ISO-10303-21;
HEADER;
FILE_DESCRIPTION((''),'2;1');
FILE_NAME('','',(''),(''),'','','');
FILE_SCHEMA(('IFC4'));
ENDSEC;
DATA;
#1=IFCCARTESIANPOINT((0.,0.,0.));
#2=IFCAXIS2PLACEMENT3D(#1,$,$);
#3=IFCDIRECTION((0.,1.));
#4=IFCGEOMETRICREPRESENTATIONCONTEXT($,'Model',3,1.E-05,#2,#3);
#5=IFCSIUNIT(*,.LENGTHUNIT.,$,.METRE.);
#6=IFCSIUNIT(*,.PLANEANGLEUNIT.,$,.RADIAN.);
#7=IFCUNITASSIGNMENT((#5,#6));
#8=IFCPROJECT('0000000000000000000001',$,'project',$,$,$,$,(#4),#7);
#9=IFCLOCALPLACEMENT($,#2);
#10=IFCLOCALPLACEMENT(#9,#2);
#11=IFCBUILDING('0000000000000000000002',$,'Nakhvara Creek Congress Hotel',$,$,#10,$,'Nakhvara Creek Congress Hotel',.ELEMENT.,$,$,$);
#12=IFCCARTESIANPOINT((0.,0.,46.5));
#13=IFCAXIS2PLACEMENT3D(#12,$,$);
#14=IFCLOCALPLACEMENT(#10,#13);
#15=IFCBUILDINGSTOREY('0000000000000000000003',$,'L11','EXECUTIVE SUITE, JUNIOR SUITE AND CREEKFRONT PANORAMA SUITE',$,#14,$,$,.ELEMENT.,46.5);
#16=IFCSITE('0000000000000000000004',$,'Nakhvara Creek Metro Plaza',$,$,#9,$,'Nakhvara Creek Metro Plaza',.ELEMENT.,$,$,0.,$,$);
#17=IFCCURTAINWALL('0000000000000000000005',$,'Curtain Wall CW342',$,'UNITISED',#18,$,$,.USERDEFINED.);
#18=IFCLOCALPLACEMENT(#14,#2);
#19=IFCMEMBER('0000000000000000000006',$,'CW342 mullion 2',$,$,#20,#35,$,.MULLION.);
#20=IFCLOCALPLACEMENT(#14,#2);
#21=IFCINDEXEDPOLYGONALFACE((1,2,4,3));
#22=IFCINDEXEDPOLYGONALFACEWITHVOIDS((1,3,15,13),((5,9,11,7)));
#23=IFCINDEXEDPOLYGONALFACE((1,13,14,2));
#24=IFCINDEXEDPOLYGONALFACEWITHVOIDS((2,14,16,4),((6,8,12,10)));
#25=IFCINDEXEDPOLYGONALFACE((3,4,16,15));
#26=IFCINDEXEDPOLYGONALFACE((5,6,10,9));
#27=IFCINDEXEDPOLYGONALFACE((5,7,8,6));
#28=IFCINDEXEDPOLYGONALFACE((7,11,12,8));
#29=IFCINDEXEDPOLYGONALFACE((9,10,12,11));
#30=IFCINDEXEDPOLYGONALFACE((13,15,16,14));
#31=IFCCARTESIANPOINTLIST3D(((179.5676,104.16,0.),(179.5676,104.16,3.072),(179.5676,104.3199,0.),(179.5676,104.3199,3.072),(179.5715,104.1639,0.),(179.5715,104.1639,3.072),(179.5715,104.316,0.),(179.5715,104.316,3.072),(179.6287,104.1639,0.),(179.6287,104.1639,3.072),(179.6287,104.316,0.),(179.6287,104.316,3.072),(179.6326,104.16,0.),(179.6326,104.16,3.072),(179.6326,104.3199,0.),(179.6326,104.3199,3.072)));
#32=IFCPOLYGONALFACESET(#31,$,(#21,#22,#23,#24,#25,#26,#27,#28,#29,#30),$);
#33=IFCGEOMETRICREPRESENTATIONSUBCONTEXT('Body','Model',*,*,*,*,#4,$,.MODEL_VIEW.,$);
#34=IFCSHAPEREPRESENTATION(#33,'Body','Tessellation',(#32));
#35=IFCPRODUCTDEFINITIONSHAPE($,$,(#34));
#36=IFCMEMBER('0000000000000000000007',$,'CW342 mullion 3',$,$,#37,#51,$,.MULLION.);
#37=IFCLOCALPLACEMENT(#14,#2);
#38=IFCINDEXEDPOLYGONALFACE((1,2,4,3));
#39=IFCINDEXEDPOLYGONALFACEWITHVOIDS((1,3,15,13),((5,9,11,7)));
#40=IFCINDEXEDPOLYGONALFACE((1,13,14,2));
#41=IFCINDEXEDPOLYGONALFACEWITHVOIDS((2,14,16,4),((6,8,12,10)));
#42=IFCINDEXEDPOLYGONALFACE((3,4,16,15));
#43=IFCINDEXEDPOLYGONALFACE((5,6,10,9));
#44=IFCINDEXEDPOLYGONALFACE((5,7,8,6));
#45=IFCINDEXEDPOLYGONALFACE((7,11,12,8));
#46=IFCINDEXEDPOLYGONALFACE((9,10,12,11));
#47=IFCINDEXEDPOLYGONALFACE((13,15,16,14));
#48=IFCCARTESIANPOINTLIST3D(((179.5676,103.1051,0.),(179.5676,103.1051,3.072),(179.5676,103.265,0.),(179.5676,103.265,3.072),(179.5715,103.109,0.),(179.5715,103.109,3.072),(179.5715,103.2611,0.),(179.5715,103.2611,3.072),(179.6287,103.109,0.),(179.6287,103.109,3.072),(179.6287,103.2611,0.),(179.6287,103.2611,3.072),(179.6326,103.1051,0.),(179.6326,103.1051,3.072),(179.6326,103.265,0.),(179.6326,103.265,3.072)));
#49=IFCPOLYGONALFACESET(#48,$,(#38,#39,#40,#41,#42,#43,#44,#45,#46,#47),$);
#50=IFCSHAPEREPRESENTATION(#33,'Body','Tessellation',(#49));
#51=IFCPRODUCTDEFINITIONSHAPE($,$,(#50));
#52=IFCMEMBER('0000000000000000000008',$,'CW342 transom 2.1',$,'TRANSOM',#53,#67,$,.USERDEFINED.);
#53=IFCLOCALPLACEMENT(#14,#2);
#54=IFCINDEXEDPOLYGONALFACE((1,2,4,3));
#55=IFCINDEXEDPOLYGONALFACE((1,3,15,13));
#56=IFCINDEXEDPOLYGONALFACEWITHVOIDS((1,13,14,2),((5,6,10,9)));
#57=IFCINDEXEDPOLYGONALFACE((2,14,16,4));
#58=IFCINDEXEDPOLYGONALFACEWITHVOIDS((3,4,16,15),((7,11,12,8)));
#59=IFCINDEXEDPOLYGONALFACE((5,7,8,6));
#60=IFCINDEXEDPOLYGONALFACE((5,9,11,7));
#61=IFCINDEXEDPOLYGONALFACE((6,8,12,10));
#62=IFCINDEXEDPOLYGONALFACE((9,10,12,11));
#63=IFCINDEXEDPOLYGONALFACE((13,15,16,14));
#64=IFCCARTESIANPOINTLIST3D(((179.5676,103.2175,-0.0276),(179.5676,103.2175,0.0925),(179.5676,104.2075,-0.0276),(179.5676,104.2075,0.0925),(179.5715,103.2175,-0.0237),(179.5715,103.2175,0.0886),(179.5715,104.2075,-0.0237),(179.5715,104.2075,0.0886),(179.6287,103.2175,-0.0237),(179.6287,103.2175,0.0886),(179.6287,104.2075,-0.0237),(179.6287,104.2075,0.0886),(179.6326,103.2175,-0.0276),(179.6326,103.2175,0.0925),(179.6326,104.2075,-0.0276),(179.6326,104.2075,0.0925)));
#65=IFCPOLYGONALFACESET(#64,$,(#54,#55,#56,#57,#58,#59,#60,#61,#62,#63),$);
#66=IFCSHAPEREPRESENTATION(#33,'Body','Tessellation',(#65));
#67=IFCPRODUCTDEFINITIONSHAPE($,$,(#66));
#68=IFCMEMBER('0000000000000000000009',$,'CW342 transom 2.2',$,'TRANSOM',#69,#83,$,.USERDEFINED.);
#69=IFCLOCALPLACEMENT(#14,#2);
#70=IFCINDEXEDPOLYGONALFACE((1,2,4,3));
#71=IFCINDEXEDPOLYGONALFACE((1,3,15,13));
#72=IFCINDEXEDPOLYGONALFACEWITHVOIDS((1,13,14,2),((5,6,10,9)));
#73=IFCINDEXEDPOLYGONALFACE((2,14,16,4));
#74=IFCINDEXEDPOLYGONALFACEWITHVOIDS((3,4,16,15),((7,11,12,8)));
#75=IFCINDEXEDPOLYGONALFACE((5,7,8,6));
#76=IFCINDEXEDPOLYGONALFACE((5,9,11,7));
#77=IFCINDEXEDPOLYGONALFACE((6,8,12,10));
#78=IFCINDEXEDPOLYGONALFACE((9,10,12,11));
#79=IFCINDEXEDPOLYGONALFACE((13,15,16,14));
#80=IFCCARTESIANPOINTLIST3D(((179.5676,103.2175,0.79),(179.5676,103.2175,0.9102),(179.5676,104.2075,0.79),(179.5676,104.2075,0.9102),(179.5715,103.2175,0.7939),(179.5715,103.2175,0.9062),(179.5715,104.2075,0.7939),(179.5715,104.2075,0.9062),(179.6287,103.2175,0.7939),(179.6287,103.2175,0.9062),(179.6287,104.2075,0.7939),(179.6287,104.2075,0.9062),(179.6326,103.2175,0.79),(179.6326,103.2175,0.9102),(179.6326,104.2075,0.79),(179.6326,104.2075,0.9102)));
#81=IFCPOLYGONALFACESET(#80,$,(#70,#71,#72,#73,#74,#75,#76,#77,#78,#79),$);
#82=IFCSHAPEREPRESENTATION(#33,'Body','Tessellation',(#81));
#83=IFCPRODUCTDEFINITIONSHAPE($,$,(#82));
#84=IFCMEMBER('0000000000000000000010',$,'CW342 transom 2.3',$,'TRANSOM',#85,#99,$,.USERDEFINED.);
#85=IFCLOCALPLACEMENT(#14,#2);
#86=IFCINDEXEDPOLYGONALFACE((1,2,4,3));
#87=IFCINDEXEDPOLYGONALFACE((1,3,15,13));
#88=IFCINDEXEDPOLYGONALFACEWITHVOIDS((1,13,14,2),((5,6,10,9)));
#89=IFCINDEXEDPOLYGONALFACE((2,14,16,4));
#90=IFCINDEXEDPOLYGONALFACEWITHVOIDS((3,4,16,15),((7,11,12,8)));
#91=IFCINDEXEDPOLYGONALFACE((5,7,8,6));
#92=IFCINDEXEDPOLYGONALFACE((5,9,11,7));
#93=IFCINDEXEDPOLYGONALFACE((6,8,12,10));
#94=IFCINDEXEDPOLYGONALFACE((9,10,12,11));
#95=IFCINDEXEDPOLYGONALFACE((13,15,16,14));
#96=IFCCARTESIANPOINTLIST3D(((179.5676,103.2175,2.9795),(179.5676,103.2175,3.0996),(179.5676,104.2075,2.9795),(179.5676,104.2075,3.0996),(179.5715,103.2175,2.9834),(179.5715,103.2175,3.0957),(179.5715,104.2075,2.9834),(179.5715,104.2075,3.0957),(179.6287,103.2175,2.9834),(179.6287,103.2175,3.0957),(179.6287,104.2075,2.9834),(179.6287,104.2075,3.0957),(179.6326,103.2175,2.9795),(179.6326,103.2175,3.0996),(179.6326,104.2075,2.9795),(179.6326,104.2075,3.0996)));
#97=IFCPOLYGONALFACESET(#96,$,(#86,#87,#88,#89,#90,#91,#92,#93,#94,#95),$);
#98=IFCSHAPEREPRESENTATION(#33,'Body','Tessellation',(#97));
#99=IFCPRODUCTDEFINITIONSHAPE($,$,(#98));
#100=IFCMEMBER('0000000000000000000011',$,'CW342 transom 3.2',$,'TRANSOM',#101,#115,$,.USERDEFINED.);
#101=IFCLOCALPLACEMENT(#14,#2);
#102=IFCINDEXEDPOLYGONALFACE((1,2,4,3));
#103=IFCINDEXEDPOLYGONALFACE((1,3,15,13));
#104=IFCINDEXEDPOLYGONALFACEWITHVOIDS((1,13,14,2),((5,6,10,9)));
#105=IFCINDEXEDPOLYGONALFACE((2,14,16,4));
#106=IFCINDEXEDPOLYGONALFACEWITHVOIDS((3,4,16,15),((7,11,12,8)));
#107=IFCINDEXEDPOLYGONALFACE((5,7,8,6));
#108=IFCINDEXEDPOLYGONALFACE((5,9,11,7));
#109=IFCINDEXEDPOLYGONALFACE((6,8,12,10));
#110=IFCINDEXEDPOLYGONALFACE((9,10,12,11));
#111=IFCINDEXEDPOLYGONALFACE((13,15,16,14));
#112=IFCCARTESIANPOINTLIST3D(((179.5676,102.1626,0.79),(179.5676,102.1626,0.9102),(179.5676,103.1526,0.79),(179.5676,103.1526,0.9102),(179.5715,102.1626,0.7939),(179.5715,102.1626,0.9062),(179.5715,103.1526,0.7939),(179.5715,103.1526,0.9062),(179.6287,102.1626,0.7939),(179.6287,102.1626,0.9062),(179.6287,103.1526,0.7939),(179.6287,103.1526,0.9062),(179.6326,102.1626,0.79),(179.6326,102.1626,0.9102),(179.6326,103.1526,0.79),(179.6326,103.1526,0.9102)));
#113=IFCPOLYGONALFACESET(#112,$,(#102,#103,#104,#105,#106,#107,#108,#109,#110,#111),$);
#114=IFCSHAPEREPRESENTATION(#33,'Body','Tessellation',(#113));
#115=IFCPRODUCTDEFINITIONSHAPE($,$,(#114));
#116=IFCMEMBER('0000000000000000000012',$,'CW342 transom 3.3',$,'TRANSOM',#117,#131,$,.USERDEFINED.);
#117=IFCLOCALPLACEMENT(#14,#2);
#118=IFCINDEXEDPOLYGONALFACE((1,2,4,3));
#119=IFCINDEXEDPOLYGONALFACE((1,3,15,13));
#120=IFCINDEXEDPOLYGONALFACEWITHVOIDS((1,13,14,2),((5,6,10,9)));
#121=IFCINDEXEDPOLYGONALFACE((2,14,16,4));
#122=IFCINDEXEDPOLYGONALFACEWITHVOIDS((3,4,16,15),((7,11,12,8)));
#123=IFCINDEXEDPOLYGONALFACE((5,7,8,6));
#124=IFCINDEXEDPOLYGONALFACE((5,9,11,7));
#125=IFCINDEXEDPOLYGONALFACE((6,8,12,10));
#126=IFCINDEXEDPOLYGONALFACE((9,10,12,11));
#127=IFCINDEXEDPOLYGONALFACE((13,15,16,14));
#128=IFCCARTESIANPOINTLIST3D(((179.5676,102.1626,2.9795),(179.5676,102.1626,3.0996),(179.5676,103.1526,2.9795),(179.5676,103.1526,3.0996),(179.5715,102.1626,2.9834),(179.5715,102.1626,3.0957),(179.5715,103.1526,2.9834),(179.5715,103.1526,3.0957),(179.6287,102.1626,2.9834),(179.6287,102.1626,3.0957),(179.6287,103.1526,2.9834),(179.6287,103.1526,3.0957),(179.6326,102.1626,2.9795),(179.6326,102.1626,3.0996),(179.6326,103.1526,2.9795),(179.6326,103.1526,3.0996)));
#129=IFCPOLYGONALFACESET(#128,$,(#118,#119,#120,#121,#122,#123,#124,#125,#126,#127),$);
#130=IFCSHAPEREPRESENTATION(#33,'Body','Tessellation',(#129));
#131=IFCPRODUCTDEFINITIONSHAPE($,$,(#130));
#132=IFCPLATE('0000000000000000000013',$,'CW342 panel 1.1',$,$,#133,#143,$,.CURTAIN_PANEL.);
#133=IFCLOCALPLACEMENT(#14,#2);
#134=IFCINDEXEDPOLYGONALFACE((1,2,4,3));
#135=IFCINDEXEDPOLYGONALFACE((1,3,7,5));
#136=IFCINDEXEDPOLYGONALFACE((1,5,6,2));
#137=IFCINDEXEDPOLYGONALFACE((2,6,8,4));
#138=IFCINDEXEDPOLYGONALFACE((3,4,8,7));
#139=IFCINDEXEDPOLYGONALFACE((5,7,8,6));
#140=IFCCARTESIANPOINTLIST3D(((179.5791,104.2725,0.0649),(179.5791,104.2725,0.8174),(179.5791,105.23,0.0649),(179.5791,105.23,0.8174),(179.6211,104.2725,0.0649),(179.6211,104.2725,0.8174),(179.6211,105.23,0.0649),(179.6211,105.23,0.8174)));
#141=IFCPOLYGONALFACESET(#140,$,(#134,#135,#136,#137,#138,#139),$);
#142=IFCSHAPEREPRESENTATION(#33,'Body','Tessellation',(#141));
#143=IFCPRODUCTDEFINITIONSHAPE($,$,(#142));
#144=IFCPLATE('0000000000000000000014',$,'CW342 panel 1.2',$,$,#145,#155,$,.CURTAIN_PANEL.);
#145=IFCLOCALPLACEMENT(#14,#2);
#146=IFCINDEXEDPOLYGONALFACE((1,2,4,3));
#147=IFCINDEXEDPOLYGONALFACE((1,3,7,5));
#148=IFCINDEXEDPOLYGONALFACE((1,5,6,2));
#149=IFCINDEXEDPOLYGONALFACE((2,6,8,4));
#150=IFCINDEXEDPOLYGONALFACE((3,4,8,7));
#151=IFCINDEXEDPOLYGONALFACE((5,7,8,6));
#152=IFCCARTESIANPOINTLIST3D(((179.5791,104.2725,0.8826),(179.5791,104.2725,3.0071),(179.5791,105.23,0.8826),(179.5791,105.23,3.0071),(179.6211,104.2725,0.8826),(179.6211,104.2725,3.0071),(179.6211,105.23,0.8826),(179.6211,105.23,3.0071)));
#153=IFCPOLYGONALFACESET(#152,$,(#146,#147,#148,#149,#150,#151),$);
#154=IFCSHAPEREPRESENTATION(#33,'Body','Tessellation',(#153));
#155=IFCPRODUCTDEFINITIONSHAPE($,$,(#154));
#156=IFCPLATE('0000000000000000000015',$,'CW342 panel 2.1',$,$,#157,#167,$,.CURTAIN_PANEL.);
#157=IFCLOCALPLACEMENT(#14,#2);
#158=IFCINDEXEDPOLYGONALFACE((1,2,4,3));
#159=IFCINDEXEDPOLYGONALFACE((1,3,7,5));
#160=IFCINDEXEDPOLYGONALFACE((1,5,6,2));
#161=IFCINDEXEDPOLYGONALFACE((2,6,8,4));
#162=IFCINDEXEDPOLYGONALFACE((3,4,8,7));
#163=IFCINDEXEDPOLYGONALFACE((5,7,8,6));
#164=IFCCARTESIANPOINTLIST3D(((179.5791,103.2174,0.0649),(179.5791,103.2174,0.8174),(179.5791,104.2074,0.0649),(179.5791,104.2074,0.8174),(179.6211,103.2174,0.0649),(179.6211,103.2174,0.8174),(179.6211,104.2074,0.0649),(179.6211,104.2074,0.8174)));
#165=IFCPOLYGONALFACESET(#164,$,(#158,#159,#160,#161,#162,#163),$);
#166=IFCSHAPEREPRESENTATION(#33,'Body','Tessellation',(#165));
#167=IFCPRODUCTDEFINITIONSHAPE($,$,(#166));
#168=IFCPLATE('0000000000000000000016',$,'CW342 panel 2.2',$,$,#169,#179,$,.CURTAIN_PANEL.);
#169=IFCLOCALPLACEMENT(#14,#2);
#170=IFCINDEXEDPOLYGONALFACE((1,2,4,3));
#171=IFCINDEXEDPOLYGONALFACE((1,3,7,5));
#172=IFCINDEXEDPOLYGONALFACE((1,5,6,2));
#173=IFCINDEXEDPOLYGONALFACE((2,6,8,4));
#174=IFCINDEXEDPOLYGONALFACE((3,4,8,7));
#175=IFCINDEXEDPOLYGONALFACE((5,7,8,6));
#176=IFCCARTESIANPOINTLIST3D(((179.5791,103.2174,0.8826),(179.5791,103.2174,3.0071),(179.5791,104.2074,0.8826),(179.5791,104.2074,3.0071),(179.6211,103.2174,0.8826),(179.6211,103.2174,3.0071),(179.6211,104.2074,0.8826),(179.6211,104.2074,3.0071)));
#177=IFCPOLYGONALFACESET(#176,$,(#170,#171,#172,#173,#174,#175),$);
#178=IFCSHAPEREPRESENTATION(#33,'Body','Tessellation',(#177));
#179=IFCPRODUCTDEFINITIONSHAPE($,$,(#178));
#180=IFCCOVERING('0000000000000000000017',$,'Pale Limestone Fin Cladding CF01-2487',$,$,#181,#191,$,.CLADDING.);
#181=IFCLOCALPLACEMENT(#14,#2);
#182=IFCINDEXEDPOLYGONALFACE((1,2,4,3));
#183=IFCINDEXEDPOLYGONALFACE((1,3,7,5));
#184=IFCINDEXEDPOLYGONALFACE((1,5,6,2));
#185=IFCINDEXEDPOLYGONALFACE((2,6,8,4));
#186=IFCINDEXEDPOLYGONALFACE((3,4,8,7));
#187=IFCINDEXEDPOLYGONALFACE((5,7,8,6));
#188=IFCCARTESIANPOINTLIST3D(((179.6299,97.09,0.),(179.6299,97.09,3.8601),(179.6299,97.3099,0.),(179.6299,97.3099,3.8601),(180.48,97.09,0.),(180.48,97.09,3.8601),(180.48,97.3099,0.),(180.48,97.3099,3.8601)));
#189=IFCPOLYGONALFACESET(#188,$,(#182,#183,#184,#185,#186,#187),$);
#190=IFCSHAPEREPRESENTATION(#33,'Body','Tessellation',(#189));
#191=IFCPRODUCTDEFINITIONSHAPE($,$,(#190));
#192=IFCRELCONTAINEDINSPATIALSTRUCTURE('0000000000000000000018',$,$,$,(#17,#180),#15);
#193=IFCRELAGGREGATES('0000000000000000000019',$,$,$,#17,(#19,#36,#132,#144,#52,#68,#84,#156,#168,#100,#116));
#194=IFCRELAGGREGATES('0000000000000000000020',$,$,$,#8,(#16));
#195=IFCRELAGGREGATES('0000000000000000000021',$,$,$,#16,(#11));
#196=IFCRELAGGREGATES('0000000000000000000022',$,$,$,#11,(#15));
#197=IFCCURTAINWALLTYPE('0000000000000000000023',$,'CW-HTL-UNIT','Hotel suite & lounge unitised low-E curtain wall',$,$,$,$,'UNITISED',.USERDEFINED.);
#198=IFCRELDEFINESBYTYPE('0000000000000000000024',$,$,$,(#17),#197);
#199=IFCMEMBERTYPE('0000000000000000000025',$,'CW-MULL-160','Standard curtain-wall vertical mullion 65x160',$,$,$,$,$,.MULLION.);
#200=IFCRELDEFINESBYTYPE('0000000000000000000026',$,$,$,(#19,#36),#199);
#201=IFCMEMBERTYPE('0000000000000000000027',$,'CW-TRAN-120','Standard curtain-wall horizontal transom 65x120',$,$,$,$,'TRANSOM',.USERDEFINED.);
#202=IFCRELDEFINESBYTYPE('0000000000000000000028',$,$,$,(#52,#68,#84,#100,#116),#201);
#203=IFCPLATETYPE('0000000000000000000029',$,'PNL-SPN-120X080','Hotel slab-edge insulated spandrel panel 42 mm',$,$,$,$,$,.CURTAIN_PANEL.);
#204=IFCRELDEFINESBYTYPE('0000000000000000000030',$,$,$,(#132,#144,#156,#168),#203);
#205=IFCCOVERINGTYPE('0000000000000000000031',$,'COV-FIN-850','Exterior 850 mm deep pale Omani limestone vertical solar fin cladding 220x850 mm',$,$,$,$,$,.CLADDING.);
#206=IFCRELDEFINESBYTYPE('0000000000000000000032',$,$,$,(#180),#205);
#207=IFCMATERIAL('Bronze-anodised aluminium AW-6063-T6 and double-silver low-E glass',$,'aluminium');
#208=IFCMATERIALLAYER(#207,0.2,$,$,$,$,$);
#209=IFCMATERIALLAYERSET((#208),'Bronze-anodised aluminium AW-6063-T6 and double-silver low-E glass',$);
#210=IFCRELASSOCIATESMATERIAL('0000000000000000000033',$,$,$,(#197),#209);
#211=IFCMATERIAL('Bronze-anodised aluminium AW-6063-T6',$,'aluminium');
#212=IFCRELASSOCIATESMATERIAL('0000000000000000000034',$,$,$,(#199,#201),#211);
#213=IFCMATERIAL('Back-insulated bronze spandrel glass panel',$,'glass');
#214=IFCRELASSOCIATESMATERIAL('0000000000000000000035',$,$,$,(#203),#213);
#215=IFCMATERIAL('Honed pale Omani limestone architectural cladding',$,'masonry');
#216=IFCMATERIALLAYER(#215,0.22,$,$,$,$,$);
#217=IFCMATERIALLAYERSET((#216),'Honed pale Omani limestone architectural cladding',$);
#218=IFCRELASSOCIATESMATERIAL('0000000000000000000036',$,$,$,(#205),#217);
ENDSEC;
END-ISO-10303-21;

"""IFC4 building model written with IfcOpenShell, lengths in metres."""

from ifc_helpers import new_model, si_unit, direction, frame, origin, origin_2d, place, context, subcontext, project, spatial, rectangle, hollow_rectangle, extrude, material, layer, layer_set, material_profile, profile_set, type_object, element, aggregate, save


model = new_model("IFC4")

# Units and contexts
model_context = context("Model", 3, precision=1e-05, world=origin(), true_north=direction((0.0, 1.0)))
body_context = subcontext(model_context, "Body", "Model", "MODEL_VIEW")
ifc_project = project(units=[si_unit("LENGTHUNIT", "METRE"), si_unit("PLANEANGLEUNIT", "RADIAN")], contexts=[model_context])

# Site, building, storey
site_placement = place(None, origin())
site = spatial("IfcSite", under=ifc_project, at=site_placement, Name="Nakhvara Creek Metro Plaza", LongName="Nakhvara Creek Metro Plaza", CompositionType="ELEMENT", RefElevation=0.0)
building_placement = place(site_placement, origin())
building = spatial("IfcBuilding", under=site, at=building_placement, Name="Nakhvara Creek Congress Hotel", LongName="Nakhvara Creek Congress Hotel", CompositionType="ELEMENT")
storey_placement = place(building_placement, frame((0.0, 0.0, 46.5)))
storey = spatial("IfcBuildingStorey", under=building, at=storey_placement, Name="L11", Description="EXECUTIVE SUITE, JUNIOR SUITE AND CREEKFRONT PANORAMA SUITE", CompositionType="ELEMENT", Elevation=46.5)

# Curtain wall, members, plates
ifc_material_1 = material(Name="Bronze-anodised aluminium AW-6063-T6 and double-silver low-E glass", Category="aluminium")
ifc_layer_1 = layer(ifc_material_1, 0.2)
ifc_layer_set_1 = layer_set([ifc_layer_1], Name="Bronze-anodised aluminium AW-6063-T6 and double-silver low-E glass")
curtain_wall_type = type_object("IfcCurtainWallType", Name="CW-HTL-UNIT", Description="Hotel suite & lounge unitised low-E curtain wall", ElementType="UNITISED", PredefinedType="USERDEFINED", material=ifc_layer_set_1)
curtain_wall_placement = place(storey_placement, origin())
curtain_wall = element("IfcCurtainWall", 1, at=curtain_wall_placement, inside=storey, type_object=curtain_wall_type, Name="Curtain Wall CW342", ObjectType="UNITISED", PredefinedType="USERDEFINED")
ifc_material_2 = material(Name="Bronze-anodised aluminium AW-6063-T6", Category="aluminium")
ifc_material_profile_1 = material_profile(ifc_material_2, hollow_rectangle(XDim=0.0649, YDim=0.1599, WallThickness=0.0039, at=origin_2d()), Name="ALU-MULL 65x160x4", Category="LoadBearing")
ifc_profile_set_1 = profile_set([ifc_material_profile_1], Name="Bronze-anodised aluminium AW-6063-T6")
member_type_1 = type_object("IfcMemberType", Name="CW-MULL-160", Description="Standard curtain-wall vertical mullion 65x160", PredefinedType="MULLION", material=ifc_profile_set_1)
member_1_placement = place(storey_placement, frame((179.6001, 104.24, 0.0), z_axis=(0.0, 0.0, 1.0), x_axis=(1.0, 0.0, 0.0)))
member_1 = element("IfcMember", 2, at=member_1_placement, type_object=member_type_1, Name="CW342 mullion 2", PredefinedType="MULLION", context=body_context, shape_type="SweptSolid", body=[
    extrude(hollow_rectangle(XDim=0.0649, YDim=0.1599, WallThickness=0.0039, at=origin_2d()), origin(), (0.0, 0.0, 1.0), 3.072),
])
member_2_placement = place(storey_placement, frame((179.6001, 103.1851, 0.0), z_axis=(0.0, 0.0, 1.0), x_axis=(1.0, 0.0, 0.0)))
member_2 = element("IfcMember", 3, at=member_2_placement, type_object=member_type_1, Name="CW342 mullion 3", PredefinedType="MULLION", context=body_context, shape_type="SweptSolid", body=[
    extrude(hollow_rectangle(XDim=0.0649, YDim=0.1599, WallThickness=0.0039, at=origin_2d()), origin(), (0.0, 0.0, 1.0), 3.072),
])
ifc_material_profile_2 = material_profile(ifc_material_2, hollow_rectangle(XDim=0.0649, YDim=0.1201, WallThickness=0.0039, at=origin_2d()), Name="ALU-TRAN 65x120x4", Category="LoadBearing")
ifc_profile_set_2 = profile_set([ifc_material_profile_2], Name="Bronze-anodised aluminium AW-6063-T6")
member_type_2 = type_object("IfcMemberType", Name="CW-TRAN-120", Description="Standard curtain-wall horizontal transom 65x120", ElementType="TRANSOM", PredefinedType="USERDEFINED", material=ifc_profile_set_2)
member_3_placement = place(storey_placement, frame((179.6001, 104.2075, 0.0325), z_axis=(0.0, -1.0, 0.0), x_axis=(1.0, 0.0, 0.0)))
member_3 = element("IfcMember", 4, at=member_3_placement, type_object=member_type_2, Name="CW342 transom 2.1", ObjectType="TRANSOM", PredefinedType="USERDEFINED", context=body_context, shape_type="SweptSolid", body=[
    extrude(hollow_rectangle(XDim=0.0649, YDim=0.1201, WallThickness=0.0039, at=origin_2d()), origin(), (0.0, 0.0, 1.0), 0.99),
])
member_4_placement = place(storey_placement, frame((179.6001, 104.2075, 0.8501), z_axis=(0.0, -1.0, 0.0), x_axis=(1.0, 0.0, 0.0)))
member_4 = element("IfcMember", 5, at=member_4_placement, type_object=member_type_2, Name="CW342 transom 2.2", ObjectType="TRANSOM", PredefinedType="USERDEFINED", context=body_context, shape_type="SweptSolid", body=[
    extrude(hollow_rectangle(XDim=0.0649, YDim=0.1201, WallThickness=0.0039, at=origin_2d()), origin(), (0.0, 0.0, 1.0), 0.99),
])
member_5_placement = place(storey_placement, frame((179.6001, 104.2075, 3.0396), z_axis=(0.0, -1.0, 0.0), x_axis=(1.0, 0.0, 0.0)))
member_5 = element("IfcMember", 6, at=member_5_placement, type_object=member_type_2, Name="CW342 transom 2.3", ObjectType="TRANSOM", PredefinedType="USERDEFINED", context=body_context, shape_type="SweptSolid", body=[
    extrude(hollow_rectangle(XDim=0.0649, YDim=0.1201, WallThickness=0.0039, at=origin_2d()), origin(), (0.0, 0.0, 1.0), 0.99),
])
member_6_placement = place(storey_placement, frame((179.6001, 103.1526, 0.8501), z_axis=(0.0, -1.0, 0.0), x_axis=(1.0, 0.0, 0.0)))
member_6 = element("IfcMember", 7, at=member_6_placement, type_object=member_type_2, Name="CW342 transom 3.2", ObjectType="TRANSOM", PredefinedType="USERDEFINED", context=body_context, shape_type="SweptSolid", body=[
    extrude(hollow_rectangle(XDim=0.0649, YDim=0.1201, WallThickness=0.0039, at=origin_2d()), origin(), (0.0, 0.0, 1.0), 0.99),
])
member_7_placement = place(storey_placement, frame((179.6001, 103.1526, 3.0396), z_axis=(0.0, -1.0, 0.0), x_axis=(1.0, 0.0, 0.0)))
member_7 = element("IfcMember", 8, at=member_7_placement, type_object=member_type_2, Name="CW342 transom 3.3", ObjectType="TRANSOM", PredefinedType="USERDEFINED", context=body_context, shape_type="SweptSolid", body=[
    extrude(hollow_rectangle(XDim=0.0649, YDim=0.1201, WallThickness=0.0039, at=origin_2d()), origin(), (0.0, 0.0, 1.0), 0.99),
])
ifc_material_3 = material(Name="Back-insulated bronze spandrel glass panel", Category="glass")
plate_type = type_object("IfcPlateType", Name="PNL-SPN-120X080", Description="Hotel slab-edge insulated spandrel panel 42 mm", PredefinedType="CURTAIN_PANEL", material=ifc_material_3)
plate_1_placement = place(storey_placement, frame((179.6001, 104.7512, 0.0649), z_axis=(0.0, 0.0, 1.0), x_axis=(0.0, -1.0, 0.0)))
plate_1 = element("IfcPlate", 9, at=plate_1_placement, type_object=plate_type, Name="CW342 panel 1.1", PredefinedType="CURTAIN_PANEL", context=body_context, shape_type="SweptSolid", body=[
    extrude(rectangle(XDim=0.9575, YDim=0.042, at=origin_2d()), origin(), (0.0, 0.0, 1.0), 0.7524),
])
plate_2_placement = place(storey_placement, frame((179.6001, 104.7512, 0.8826), z_axis=(0.0, 0.0, 1.0), x_axis=(0.0, -1.0, 0.0)))
plate_2 = element("IfcPlate", 10, at=plate_2_placement, type_object=plate_type, Name="CW342 panel 1.2", PredefinedType="CURTAIN_PANEL", context=body_context, shape_type="SweptSolid", body=[
    extrude(rectangle(XDim=0.9575, YDim=0.042, at=origin_2d()), origin(), (0.0, 0.0, 1.0), 2.1245),
])
plate_3_placement = place(storey_placement, frame((179.6001, 103.7124, 0.0649), z_axis=(0.0, 0.0, 1.0), x_axis=(0.0, -1.0, 0.0)))
plate_3 = element("IfcPlate", 11, at=plate_3_placement, type_object=plate_type, Name="CW342 panel 2.1", PredefinedType="CURTAIN_PANEL", context=body_context, shape_type="SweptSolid", body=[
    extrude(rectangle(XDim=0.99, YDim=0.042, at=origin_2d()), origin(), (0.0, 0.0, 1.0), 0.7524),
])
plate_4_placement = place(storey_placement, frame((179.6001, 103.7124, 0.8826), z_axis=(0.0, 0.0, 1.0), x_axis=(0.0, -1.0, 0.0)))
plate_4 = element("IfcPlate", 12, at=plate_4_placement, type_object=plate_type, Name="CW342 panel 2.2", PredefinedType="CURTAIN_PANEL", context=body_context, shape_type="SweptSolid", body=[
    extrude(rectangle(XDim=0.99, YDim=0.042, at=origin_2d()), origin(), (0.0, 0.0, 1.0), 2.1245),
])
aggregate(curtain_wall, [member_1, member_2, plate_1, plate_2, member_3, member_4, member_5, plate_3, plate_4, member_6, member_7])

# Covering
ifc_material_4 = material(Name="Honed pale Omani limestone architectural cladding", Category="masonry")
ifc_layer_2 = layer(ifc_material_4, 0.22)
ifc_layer_set_2 = layer_set([ifc_layer_2], Name="Honed pale Omani limestone architectural cladding")
covering_type_1 = type_object("IfcCoveringType", Name="COV-FIN-850", Description="Exterior 850 mm deep pale Omani limestone vertical solar fin cladding 220x850 mm", PredefinedType="CLADDING", material=ifc_layer_set_2)
for number, where, z_axis, x_axis, name in (
    (13, (180.0549, 97.2, 0.0), (0.0, 0.0, 1.0), (0.0, 1.0, 0.0), "Pale Limestone Fin Cladding CF01-2487"),
):
    element("IfcCovering", number, at=place(storey_placement, frame(where, z_axis=z_axis, x_axis=x_axis)), inside=storey, type_object=covering_type_1, Name=name, PredefinedType="CLADDING", context=body_context, shape_type="SweptSolid", body=[
        extrude(rectangle(XDim=0.22, YDim=0.8501, at=origin_2d()), origin(), (0.0, 0.0, 1.0), 3.8601),
    ])

save(model, "model.ifc")
